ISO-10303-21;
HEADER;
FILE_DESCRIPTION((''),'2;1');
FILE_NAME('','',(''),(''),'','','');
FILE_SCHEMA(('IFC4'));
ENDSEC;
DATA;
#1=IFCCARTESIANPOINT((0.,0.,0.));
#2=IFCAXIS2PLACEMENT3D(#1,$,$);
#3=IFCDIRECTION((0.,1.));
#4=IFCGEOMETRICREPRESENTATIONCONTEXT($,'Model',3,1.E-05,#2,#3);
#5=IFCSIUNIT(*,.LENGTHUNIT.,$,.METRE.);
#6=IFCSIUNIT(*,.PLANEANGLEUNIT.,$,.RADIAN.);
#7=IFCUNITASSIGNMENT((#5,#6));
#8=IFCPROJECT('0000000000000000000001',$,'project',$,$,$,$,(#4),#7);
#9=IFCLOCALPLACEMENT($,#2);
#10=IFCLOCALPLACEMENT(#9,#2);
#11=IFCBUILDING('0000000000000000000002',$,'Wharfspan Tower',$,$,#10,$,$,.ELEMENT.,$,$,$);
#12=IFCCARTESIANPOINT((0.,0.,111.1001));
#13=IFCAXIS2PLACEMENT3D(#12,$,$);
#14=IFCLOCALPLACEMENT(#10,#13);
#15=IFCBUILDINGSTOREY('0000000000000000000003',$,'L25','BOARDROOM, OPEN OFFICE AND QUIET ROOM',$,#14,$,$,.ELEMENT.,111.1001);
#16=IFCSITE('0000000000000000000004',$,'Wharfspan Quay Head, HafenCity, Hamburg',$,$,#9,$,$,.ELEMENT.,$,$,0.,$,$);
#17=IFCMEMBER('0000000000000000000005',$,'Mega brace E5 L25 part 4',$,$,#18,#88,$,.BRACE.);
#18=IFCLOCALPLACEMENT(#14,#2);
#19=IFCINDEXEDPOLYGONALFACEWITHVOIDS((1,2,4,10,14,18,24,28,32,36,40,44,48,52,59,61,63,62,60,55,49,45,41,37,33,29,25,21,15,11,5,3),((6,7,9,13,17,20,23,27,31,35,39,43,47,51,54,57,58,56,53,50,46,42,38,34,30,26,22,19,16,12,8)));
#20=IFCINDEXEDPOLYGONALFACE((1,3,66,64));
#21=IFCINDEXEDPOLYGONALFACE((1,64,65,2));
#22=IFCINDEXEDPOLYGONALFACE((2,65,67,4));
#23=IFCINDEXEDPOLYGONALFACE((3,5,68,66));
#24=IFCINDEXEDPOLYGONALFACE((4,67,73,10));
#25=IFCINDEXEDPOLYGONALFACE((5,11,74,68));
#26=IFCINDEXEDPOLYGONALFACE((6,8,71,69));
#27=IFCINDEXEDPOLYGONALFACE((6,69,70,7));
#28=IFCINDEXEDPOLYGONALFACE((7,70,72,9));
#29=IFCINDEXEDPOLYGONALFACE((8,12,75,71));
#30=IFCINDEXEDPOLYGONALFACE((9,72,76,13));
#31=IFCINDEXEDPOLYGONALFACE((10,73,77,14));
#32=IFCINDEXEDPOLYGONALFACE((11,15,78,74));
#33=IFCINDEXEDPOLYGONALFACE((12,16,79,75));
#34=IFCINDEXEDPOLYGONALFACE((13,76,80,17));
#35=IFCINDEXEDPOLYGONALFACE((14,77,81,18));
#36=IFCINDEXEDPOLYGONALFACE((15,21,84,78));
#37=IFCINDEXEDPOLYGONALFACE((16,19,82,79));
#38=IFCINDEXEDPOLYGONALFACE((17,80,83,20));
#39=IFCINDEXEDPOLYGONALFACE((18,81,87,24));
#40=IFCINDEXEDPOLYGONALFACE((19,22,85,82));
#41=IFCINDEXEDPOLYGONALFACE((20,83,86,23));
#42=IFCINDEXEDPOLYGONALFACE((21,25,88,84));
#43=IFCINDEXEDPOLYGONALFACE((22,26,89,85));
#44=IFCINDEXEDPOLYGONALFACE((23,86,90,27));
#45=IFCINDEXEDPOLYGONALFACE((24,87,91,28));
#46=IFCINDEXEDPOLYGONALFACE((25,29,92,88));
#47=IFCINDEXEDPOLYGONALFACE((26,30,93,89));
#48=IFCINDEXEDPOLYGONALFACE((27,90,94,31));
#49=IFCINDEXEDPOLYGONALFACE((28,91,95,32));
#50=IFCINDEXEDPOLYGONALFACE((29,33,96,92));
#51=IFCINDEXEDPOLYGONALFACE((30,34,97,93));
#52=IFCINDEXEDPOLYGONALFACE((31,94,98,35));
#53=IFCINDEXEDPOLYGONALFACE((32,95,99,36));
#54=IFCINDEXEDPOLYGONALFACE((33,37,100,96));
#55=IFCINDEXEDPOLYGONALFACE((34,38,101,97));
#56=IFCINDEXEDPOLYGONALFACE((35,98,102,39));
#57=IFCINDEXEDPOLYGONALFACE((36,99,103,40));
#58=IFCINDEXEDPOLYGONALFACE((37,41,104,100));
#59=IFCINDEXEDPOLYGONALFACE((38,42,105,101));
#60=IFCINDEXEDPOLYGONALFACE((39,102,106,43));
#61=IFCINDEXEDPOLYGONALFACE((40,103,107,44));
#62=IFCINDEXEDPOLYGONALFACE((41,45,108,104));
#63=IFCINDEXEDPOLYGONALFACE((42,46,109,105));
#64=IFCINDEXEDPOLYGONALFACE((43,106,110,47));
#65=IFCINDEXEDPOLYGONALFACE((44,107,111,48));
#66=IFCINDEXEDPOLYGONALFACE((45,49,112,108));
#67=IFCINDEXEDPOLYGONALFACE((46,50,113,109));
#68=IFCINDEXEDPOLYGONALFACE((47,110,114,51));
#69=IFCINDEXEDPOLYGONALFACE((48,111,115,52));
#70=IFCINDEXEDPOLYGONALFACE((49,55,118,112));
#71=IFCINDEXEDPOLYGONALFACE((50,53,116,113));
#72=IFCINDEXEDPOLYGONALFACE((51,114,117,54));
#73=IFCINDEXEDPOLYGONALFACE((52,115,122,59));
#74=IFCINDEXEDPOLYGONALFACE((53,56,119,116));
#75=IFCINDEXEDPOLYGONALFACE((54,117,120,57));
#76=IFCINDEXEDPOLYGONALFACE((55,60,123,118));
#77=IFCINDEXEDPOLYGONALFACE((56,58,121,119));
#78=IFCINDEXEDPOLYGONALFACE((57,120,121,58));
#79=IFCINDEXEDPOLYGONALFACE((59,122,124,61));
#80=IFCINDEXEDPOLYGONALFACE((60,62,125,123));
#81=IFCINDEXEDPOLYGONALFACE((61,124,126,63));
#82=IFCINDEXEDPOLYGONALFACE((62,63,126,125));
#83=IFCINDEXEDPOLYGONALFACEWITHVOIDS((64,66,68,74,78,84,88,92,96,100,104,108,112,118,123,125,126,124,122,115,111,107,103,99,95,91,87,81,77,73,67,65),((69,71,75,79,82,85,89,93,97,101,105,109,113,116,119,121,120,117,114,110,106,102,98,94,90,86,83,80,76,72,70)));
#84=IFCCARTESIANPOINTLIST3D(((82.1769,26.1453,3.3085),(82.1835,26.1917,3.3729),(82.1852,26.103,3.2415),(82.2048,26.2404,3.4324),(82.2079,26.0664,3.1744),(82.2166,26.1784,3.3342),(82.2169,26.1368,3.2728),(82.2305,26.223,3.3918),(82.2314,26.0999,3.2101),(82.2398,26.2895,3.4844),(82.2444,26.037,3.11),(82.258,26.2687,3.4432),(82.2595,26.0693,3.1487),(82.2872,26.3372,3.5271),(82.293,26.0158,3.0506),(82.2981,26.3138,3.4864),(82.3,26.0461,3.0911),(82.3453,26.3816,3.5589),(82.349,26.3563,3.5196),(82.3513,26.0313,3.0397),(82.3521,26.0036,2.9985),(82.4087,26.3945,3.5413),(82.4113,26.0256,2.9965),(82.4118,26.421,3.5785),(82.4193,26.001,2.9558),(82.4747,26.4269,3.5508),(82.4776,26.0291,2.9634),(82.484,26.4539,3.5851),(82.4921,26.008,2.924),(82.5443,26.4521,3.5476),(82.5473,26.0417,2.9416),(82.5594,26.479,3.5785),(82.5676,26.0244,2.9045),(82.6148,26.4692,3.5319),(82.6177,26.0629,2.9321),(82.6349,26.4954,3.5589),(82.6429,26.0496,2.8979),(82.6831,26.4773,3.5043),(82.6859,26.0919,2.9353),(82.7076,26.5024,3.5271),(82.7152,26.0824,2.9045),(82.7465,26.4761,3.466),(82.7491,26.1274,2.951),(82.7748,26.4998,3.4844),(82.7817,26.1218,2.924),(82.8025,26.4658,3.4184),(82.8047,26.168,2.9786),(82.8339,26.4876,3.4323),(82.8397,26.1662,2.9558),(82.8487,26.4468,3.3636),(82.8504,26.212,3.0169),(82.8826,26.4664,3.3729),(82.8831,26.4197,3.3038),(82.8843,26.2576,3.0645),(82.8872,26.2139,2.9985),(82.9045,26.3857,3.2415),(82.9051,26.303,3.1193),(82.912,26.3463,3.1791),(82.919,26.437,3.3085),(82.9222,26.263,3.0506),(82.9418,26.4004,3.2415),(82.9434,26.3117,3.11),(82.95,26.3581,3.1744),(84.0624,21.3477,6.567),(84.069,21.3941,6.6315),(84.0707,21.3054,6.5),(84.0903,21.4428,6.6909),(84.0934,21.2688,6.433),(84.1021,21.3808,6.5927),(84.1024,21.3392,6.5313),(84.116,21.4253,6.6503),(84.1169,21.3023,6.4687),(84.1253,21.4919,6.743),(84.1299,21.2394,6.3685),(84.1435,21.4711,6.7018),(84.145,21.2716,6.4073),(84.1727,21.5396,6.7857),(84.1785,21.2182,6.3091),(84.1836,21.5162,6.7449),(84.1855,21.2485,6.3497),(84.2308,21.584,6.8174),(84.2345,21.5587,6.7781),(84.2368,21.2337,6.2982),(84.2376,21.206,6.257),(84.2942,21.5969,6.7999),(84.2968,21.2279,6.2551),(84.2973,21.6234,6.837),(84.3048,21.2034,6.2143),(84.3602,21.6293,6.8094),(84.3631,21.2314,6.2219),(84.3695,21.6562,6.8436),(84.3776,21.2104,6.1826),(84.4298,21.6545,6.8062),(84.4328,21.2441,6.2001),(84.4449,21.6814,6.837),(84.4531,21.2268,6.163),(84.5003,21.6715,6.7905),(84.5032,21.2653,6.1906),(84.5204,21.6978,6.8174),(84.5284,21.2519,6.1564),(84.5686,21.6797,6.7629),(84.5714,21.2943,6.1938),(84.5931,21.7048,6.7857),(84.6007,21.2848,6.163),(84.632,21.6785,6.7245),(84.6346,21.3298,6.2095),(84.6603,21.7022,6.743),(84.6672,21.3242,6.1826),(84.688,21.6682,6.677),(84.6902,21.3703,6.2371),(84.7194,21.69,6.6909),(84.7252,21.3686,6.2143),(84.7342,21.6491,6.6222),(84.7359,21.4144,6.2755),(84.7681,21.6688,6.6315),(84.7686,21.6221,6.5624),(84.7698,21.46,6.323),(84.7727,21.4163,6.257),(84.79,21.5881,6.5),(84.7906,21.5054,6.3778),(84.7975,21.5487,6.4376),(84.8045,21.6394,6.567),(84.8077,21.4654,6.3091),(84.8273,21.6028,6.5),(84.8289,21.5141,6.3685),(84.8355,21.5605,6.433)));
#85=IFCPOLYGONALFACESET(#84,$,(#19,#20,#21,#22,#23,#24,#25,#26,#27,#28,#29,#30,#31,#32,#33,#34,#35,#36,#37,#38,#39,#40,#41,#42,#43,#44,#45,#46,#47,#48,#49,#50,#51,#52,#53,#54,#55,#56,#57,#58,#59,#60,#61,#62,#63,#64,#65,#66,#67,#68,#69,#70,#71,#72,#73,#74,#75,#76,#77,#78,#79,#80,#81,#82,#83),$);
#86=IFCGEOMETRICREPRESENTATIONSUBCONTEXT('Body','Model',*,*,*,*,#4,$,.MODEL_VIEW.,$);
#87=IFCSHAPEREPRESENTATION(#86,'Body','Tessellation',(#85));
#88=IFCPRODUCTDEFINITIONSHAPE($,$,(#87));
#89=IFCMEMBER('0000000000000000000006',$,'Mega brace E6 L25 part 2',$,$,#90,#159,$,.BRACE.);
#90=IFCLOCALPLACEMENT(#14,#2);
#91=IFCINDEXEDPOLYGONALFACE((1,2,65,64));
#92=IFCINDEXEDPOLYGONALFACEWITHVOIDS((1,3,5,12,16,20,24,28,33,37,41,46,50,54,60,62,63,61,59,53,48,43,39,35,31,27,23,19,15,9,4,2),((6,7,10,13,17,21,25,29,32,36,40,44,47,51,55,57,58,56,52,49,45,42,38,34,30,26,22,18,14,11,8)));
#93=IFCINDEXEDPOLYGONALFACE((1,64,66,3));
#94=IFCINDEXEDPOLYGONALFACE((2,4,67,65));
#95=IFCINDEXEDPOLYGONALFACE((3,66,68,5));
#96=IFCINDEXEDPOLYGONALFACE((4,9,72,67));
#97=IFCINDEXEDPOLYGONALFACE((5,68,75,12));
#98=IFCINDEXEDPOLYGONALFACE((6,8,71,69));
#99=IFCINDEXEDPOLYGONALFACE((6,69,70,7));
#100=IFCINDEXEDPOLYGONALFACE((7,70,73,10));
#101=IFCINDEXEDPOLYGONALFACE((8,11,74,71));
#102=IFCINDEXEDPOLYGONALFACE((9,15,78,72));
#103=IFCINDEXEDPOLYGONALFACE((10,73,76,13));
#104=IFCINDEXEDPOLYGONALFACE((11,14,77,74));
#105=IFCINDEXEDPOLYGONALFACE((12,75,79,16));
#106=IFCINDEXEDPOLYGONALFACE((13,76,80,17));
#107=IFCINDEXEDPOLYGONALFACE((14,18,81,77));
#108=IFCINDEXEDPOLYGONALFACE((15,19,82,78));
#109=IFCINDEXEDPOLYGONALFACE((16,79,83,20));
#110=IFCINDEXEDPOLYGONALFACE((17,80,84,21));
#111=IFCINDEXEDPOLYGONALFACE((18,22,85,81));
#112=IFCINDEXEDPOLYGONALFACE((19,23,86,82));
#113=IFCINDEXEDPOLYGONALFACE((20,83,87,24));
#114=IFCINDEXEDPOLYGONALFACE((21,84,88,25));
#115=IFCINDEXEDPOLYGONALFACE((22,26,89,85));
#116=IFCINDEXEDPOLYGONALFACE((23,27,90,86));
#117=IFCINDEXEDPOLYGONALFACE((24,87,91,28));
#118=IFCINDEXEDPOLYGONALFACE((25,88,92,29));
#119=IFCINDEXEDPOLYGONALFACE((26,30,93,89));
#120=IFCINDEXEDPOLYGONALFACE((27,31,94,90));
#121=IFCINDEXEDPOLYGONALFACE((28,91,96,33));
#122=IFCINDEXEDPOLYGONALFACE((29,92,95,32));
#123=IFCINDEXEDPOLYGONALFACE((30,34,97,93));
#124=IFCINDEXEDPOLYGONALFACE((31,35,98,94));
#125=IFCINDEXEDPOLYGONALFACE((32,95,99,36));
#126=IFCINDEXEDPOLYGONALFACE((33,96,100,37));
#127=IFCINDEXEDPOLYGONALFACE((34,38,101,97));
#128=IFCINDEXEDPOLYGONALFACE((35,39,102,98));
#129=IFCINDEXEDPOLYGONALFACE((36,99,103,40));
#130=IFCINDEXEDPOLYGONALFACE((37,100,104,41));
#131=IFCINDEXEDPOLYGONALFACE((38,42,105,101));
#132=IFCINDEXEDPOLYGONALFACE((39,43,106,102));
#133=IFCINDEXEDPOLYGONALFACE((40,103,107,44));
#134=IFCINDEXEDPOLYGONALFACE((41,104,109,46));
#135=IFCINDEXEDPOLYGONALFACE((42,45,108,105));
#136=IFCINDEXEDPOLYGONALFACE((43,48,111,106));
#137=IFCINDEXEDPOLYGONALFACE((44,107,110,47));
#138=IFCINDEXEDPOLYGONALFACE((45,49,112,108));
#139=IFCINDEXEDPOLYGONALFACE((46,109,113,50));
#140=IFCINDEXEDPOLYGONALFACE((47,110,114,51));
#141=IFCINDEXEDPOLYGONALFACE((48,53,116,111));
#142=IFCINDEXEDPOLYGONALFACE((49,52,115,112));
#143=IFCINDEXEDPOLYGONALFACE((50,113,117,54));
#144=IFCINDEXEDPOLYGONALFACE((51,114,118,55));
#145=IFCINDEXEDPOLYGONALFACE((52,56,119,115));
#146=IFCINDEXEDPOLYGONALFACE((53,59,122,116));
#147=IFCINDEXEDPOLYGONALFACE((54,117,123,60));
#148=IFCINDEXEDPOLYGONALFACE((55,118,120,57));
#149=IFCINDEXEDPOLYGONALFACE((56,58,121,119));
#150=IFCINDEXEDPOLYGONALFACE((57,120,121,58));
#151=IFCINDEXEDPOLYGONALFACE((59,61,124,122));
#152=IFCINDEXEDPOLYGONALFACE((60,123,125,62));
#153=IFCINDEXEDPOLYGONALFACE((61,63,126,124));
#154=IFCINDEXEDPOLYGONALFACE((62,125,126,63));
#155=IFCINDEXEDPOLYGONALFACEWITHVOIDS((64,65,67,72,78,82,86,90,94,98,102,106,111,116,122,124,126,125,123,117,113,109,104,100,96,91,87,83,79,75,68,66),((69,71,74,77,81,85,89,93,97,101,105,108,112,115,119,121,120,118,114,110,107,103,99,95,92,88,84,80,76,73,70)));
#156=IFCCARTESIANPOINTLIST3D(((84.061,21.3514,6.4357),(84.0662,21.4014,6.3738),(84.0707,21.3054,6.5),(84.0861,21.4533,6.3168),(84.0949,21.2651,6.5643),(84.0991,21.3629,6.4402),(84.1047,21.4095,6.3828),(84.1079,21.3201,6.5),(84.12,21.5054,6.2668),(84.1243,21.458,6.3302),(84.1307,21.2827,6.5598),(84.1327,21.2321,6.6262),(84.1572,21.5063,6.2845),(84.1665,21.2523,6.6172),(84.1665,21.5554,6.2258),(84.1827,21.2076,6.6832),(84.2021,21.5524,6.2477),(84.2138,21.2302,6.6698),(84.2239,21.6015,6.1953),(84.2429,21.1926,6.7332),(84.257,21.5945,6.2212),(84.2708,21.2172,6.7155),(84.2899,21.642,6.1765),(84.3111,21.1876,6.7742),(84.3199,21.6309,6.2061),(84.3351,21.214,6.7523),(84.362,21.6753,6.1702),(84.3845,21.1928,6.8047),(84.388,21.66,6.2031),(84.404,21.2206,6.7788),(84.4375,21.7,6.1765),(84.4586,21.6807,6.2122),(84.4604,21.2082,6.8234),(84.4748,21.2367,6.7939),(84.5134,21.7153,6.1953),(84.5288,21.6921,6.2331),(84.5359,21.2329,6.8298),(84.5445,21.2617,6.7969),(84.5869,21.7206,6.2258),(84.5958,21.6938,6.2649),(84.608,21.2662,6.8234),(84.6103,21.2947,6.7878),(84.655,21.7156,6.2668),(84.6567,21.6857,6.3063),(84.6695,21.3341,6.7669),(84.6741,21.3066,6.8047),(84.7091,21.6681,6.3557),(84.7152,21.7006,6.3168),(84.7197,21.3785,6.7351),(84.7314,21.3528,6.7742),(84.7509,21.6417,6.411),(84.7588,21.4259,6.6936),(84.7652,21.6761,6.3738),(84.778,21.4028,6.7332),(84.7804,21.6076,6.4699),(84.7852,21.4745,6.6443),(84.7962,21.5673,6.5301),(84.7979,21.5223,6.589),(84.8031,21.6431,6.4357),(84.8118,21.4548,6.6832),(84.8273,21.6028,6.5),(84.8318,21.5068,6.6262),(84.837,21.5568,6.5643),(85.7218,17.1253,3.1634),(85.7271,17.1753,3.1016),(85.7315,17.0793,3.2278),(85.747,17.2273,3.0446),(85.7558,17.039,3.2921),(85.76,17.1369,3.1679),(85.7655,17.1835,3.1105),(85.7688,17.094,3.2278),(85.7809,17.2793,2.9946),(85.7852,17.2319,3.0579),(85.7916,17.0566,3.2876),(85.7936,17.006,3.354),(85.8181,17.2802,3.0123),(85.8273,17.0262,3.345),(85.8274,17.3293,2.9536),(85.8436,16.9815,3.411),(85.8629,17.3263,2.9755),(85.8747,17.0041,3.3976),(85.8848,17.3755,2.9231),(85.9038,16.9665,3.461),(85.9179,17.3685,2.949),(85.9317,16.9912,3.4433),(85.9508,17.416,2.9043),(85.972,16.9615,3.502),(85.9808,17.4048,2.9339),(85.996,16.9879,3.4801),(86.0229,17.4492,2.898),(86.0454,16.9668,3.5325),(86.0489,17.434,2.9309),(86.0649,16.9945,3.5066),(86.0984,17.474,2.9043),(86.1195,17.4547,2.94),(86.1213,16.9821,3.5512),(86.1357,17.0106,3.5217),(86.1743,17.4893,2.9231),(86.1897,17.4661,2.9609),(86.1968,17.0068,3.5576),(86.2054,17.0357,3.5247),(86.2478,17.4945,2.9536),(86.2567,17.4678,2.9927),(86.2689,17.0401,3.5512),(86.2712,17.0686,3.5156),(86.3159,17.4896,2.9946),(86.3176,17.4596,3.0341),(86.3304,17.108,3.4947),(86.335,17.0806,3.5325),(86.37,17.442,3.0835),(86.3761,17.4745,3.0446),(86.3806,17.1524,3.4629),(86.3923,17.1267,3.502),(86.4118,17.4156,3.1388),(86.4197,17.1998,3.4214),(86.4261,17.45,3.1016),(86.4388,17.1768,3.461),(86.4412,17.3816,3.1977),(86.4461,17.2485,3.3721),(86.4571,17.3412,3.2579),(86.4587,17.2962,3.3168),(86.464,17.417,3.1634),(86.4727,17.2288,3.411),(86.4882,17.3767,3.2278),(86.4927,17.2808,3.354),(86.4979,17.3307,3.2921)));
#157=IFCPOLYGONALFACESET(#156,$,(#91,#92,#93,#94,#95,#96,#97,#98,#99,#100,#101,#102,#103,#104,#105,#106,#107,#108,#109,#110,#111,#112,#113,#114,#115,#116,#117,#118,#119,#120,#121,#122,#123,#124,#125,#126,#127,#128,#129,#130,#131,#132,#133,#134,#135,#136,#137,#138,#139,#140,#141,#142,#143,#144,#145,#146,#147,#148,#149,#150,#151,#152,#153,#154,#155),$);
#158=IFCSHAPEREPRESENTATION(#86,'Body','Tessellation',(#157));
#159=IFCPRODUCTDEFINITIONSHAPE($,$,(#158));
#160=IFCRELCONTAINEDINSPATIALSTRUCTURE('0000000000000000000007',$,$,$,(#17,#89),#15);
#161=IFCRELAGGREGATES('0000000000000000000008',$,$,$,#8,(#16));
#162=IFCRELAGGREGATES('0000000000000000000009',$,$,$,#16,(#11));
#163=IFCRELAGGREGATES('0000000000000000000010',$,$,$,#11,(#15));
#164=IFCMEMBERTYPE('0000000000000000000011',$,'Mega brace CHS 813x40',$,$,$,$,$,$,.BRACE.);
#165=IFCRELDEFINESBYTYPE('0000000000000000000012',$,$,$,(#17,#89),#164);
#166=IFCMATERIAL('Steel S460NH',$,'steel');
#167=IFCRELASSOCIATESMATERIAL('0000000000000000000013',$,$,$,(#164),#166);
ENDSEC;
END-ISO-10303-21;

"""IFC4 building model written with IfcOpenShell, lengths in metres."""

from ifc_helpers import new_model, si_unit, direction, frame, origin, origin_2d, place, context, subcontext, project, spatial, hollow_circle, extrude, material, material_profile, profile_set, type_object, element, save


model = new_model("IFC4")

# Units and contexts
model_context = context("Model", 3, precision=1e-05, world=origin(), true_north=direction((0.0, 1.0)))
body_context = subcontext(model_context, "Body", "Model", "MODEL_VIEW")
ifc_project = project(units=[si_unit("LENGTHUNIT", "METRE"), si_unit("PLANEANGLEUNIT", "RADIAN")], contexts=[model_context])

# Site, building, storey
site_placement = place(None, origin())
site = spatial("IfcSite", under=ifc_project, at=site_placement, Name="Wharfspan Quay Head, HafenCity, Hamburg", CompositionType="ELEMENT", RefElevation=0.0)
building_placement = place(site_placement, origin())
building = spatial("IfcBuilding", under=site, at=building_placement, Name="Wharfspan Tower", CompositionType="ELEMENT")
storey_placement = place(building_placement, frame((0.0, 0.0, 111.1001)))
storey = spatial("IfcBuildingStorey", under=building, at=storey_placement, Name="L25", Description="BOARDROOM, OPEN OFFICE AND QUIET ROOM", CompositionType="ELEMENT", Elevation=111.1001)

# Members
ifc_material_1 = material(Name="Steel S460NH", Category="steel")
ifc_material_profile_1 = material_profile(ifc_material_1, hollow_circle(Radius=0.4065, WallThickness=0.04, at=origin_2d()))
ifc_profile_set_1 = profile_set([ifc_material_profile_1], Name="Steel S460NH")
member_type_1 = type_object("IfcMemberType", Name="Mega brace CHS 813x40", PredefinedType="BRACE", material=ifc_profile_set_1)
member_1_placement = place(storey_placement, frame((82.5635, 26.2517, 3.2415), z_axis=(0.30918, -0.786702, 0.534329), x_axis=(0.930701, 0.36577, -0.000004)))
element("IfcMember", 1, at=member_1_placement, inside=storey, type_object=member_type_1, Name="Mega brace E5 L25 part 4", PredefinedType="BRACE", context=body_context, shape_type="SweptSolid", body=[
    extrude(hollow_circle(Radius=0.4065, WallThickness=0.04, at=origin_2d()), origin(), (0.0, 0.0, 1.0), 6.0984),
])
member_2_placement = place(storey_placement, frame((86.1099, 17.228, 3.2278), z_axis=(-0.29675, 0.75507, 0.584645), x_axis=(-0.930704, -0.365779, 0.000004)))
element("IfcMember", 2, at=member_2_placement, inside=storey, type_object=member_type_1, Name="Mega brace E6 L25 part 2", PredefinedType="BRACE", context=body_context, shape_type="SweptSolid", body=[
    extrude(hollow_circle(Radius=0.4065, WallThickness=0.04, at=origin_2d()), origin(), (0.0, 0.0, 1.0), 5.5969),
])

save(model, "model.ifc")
